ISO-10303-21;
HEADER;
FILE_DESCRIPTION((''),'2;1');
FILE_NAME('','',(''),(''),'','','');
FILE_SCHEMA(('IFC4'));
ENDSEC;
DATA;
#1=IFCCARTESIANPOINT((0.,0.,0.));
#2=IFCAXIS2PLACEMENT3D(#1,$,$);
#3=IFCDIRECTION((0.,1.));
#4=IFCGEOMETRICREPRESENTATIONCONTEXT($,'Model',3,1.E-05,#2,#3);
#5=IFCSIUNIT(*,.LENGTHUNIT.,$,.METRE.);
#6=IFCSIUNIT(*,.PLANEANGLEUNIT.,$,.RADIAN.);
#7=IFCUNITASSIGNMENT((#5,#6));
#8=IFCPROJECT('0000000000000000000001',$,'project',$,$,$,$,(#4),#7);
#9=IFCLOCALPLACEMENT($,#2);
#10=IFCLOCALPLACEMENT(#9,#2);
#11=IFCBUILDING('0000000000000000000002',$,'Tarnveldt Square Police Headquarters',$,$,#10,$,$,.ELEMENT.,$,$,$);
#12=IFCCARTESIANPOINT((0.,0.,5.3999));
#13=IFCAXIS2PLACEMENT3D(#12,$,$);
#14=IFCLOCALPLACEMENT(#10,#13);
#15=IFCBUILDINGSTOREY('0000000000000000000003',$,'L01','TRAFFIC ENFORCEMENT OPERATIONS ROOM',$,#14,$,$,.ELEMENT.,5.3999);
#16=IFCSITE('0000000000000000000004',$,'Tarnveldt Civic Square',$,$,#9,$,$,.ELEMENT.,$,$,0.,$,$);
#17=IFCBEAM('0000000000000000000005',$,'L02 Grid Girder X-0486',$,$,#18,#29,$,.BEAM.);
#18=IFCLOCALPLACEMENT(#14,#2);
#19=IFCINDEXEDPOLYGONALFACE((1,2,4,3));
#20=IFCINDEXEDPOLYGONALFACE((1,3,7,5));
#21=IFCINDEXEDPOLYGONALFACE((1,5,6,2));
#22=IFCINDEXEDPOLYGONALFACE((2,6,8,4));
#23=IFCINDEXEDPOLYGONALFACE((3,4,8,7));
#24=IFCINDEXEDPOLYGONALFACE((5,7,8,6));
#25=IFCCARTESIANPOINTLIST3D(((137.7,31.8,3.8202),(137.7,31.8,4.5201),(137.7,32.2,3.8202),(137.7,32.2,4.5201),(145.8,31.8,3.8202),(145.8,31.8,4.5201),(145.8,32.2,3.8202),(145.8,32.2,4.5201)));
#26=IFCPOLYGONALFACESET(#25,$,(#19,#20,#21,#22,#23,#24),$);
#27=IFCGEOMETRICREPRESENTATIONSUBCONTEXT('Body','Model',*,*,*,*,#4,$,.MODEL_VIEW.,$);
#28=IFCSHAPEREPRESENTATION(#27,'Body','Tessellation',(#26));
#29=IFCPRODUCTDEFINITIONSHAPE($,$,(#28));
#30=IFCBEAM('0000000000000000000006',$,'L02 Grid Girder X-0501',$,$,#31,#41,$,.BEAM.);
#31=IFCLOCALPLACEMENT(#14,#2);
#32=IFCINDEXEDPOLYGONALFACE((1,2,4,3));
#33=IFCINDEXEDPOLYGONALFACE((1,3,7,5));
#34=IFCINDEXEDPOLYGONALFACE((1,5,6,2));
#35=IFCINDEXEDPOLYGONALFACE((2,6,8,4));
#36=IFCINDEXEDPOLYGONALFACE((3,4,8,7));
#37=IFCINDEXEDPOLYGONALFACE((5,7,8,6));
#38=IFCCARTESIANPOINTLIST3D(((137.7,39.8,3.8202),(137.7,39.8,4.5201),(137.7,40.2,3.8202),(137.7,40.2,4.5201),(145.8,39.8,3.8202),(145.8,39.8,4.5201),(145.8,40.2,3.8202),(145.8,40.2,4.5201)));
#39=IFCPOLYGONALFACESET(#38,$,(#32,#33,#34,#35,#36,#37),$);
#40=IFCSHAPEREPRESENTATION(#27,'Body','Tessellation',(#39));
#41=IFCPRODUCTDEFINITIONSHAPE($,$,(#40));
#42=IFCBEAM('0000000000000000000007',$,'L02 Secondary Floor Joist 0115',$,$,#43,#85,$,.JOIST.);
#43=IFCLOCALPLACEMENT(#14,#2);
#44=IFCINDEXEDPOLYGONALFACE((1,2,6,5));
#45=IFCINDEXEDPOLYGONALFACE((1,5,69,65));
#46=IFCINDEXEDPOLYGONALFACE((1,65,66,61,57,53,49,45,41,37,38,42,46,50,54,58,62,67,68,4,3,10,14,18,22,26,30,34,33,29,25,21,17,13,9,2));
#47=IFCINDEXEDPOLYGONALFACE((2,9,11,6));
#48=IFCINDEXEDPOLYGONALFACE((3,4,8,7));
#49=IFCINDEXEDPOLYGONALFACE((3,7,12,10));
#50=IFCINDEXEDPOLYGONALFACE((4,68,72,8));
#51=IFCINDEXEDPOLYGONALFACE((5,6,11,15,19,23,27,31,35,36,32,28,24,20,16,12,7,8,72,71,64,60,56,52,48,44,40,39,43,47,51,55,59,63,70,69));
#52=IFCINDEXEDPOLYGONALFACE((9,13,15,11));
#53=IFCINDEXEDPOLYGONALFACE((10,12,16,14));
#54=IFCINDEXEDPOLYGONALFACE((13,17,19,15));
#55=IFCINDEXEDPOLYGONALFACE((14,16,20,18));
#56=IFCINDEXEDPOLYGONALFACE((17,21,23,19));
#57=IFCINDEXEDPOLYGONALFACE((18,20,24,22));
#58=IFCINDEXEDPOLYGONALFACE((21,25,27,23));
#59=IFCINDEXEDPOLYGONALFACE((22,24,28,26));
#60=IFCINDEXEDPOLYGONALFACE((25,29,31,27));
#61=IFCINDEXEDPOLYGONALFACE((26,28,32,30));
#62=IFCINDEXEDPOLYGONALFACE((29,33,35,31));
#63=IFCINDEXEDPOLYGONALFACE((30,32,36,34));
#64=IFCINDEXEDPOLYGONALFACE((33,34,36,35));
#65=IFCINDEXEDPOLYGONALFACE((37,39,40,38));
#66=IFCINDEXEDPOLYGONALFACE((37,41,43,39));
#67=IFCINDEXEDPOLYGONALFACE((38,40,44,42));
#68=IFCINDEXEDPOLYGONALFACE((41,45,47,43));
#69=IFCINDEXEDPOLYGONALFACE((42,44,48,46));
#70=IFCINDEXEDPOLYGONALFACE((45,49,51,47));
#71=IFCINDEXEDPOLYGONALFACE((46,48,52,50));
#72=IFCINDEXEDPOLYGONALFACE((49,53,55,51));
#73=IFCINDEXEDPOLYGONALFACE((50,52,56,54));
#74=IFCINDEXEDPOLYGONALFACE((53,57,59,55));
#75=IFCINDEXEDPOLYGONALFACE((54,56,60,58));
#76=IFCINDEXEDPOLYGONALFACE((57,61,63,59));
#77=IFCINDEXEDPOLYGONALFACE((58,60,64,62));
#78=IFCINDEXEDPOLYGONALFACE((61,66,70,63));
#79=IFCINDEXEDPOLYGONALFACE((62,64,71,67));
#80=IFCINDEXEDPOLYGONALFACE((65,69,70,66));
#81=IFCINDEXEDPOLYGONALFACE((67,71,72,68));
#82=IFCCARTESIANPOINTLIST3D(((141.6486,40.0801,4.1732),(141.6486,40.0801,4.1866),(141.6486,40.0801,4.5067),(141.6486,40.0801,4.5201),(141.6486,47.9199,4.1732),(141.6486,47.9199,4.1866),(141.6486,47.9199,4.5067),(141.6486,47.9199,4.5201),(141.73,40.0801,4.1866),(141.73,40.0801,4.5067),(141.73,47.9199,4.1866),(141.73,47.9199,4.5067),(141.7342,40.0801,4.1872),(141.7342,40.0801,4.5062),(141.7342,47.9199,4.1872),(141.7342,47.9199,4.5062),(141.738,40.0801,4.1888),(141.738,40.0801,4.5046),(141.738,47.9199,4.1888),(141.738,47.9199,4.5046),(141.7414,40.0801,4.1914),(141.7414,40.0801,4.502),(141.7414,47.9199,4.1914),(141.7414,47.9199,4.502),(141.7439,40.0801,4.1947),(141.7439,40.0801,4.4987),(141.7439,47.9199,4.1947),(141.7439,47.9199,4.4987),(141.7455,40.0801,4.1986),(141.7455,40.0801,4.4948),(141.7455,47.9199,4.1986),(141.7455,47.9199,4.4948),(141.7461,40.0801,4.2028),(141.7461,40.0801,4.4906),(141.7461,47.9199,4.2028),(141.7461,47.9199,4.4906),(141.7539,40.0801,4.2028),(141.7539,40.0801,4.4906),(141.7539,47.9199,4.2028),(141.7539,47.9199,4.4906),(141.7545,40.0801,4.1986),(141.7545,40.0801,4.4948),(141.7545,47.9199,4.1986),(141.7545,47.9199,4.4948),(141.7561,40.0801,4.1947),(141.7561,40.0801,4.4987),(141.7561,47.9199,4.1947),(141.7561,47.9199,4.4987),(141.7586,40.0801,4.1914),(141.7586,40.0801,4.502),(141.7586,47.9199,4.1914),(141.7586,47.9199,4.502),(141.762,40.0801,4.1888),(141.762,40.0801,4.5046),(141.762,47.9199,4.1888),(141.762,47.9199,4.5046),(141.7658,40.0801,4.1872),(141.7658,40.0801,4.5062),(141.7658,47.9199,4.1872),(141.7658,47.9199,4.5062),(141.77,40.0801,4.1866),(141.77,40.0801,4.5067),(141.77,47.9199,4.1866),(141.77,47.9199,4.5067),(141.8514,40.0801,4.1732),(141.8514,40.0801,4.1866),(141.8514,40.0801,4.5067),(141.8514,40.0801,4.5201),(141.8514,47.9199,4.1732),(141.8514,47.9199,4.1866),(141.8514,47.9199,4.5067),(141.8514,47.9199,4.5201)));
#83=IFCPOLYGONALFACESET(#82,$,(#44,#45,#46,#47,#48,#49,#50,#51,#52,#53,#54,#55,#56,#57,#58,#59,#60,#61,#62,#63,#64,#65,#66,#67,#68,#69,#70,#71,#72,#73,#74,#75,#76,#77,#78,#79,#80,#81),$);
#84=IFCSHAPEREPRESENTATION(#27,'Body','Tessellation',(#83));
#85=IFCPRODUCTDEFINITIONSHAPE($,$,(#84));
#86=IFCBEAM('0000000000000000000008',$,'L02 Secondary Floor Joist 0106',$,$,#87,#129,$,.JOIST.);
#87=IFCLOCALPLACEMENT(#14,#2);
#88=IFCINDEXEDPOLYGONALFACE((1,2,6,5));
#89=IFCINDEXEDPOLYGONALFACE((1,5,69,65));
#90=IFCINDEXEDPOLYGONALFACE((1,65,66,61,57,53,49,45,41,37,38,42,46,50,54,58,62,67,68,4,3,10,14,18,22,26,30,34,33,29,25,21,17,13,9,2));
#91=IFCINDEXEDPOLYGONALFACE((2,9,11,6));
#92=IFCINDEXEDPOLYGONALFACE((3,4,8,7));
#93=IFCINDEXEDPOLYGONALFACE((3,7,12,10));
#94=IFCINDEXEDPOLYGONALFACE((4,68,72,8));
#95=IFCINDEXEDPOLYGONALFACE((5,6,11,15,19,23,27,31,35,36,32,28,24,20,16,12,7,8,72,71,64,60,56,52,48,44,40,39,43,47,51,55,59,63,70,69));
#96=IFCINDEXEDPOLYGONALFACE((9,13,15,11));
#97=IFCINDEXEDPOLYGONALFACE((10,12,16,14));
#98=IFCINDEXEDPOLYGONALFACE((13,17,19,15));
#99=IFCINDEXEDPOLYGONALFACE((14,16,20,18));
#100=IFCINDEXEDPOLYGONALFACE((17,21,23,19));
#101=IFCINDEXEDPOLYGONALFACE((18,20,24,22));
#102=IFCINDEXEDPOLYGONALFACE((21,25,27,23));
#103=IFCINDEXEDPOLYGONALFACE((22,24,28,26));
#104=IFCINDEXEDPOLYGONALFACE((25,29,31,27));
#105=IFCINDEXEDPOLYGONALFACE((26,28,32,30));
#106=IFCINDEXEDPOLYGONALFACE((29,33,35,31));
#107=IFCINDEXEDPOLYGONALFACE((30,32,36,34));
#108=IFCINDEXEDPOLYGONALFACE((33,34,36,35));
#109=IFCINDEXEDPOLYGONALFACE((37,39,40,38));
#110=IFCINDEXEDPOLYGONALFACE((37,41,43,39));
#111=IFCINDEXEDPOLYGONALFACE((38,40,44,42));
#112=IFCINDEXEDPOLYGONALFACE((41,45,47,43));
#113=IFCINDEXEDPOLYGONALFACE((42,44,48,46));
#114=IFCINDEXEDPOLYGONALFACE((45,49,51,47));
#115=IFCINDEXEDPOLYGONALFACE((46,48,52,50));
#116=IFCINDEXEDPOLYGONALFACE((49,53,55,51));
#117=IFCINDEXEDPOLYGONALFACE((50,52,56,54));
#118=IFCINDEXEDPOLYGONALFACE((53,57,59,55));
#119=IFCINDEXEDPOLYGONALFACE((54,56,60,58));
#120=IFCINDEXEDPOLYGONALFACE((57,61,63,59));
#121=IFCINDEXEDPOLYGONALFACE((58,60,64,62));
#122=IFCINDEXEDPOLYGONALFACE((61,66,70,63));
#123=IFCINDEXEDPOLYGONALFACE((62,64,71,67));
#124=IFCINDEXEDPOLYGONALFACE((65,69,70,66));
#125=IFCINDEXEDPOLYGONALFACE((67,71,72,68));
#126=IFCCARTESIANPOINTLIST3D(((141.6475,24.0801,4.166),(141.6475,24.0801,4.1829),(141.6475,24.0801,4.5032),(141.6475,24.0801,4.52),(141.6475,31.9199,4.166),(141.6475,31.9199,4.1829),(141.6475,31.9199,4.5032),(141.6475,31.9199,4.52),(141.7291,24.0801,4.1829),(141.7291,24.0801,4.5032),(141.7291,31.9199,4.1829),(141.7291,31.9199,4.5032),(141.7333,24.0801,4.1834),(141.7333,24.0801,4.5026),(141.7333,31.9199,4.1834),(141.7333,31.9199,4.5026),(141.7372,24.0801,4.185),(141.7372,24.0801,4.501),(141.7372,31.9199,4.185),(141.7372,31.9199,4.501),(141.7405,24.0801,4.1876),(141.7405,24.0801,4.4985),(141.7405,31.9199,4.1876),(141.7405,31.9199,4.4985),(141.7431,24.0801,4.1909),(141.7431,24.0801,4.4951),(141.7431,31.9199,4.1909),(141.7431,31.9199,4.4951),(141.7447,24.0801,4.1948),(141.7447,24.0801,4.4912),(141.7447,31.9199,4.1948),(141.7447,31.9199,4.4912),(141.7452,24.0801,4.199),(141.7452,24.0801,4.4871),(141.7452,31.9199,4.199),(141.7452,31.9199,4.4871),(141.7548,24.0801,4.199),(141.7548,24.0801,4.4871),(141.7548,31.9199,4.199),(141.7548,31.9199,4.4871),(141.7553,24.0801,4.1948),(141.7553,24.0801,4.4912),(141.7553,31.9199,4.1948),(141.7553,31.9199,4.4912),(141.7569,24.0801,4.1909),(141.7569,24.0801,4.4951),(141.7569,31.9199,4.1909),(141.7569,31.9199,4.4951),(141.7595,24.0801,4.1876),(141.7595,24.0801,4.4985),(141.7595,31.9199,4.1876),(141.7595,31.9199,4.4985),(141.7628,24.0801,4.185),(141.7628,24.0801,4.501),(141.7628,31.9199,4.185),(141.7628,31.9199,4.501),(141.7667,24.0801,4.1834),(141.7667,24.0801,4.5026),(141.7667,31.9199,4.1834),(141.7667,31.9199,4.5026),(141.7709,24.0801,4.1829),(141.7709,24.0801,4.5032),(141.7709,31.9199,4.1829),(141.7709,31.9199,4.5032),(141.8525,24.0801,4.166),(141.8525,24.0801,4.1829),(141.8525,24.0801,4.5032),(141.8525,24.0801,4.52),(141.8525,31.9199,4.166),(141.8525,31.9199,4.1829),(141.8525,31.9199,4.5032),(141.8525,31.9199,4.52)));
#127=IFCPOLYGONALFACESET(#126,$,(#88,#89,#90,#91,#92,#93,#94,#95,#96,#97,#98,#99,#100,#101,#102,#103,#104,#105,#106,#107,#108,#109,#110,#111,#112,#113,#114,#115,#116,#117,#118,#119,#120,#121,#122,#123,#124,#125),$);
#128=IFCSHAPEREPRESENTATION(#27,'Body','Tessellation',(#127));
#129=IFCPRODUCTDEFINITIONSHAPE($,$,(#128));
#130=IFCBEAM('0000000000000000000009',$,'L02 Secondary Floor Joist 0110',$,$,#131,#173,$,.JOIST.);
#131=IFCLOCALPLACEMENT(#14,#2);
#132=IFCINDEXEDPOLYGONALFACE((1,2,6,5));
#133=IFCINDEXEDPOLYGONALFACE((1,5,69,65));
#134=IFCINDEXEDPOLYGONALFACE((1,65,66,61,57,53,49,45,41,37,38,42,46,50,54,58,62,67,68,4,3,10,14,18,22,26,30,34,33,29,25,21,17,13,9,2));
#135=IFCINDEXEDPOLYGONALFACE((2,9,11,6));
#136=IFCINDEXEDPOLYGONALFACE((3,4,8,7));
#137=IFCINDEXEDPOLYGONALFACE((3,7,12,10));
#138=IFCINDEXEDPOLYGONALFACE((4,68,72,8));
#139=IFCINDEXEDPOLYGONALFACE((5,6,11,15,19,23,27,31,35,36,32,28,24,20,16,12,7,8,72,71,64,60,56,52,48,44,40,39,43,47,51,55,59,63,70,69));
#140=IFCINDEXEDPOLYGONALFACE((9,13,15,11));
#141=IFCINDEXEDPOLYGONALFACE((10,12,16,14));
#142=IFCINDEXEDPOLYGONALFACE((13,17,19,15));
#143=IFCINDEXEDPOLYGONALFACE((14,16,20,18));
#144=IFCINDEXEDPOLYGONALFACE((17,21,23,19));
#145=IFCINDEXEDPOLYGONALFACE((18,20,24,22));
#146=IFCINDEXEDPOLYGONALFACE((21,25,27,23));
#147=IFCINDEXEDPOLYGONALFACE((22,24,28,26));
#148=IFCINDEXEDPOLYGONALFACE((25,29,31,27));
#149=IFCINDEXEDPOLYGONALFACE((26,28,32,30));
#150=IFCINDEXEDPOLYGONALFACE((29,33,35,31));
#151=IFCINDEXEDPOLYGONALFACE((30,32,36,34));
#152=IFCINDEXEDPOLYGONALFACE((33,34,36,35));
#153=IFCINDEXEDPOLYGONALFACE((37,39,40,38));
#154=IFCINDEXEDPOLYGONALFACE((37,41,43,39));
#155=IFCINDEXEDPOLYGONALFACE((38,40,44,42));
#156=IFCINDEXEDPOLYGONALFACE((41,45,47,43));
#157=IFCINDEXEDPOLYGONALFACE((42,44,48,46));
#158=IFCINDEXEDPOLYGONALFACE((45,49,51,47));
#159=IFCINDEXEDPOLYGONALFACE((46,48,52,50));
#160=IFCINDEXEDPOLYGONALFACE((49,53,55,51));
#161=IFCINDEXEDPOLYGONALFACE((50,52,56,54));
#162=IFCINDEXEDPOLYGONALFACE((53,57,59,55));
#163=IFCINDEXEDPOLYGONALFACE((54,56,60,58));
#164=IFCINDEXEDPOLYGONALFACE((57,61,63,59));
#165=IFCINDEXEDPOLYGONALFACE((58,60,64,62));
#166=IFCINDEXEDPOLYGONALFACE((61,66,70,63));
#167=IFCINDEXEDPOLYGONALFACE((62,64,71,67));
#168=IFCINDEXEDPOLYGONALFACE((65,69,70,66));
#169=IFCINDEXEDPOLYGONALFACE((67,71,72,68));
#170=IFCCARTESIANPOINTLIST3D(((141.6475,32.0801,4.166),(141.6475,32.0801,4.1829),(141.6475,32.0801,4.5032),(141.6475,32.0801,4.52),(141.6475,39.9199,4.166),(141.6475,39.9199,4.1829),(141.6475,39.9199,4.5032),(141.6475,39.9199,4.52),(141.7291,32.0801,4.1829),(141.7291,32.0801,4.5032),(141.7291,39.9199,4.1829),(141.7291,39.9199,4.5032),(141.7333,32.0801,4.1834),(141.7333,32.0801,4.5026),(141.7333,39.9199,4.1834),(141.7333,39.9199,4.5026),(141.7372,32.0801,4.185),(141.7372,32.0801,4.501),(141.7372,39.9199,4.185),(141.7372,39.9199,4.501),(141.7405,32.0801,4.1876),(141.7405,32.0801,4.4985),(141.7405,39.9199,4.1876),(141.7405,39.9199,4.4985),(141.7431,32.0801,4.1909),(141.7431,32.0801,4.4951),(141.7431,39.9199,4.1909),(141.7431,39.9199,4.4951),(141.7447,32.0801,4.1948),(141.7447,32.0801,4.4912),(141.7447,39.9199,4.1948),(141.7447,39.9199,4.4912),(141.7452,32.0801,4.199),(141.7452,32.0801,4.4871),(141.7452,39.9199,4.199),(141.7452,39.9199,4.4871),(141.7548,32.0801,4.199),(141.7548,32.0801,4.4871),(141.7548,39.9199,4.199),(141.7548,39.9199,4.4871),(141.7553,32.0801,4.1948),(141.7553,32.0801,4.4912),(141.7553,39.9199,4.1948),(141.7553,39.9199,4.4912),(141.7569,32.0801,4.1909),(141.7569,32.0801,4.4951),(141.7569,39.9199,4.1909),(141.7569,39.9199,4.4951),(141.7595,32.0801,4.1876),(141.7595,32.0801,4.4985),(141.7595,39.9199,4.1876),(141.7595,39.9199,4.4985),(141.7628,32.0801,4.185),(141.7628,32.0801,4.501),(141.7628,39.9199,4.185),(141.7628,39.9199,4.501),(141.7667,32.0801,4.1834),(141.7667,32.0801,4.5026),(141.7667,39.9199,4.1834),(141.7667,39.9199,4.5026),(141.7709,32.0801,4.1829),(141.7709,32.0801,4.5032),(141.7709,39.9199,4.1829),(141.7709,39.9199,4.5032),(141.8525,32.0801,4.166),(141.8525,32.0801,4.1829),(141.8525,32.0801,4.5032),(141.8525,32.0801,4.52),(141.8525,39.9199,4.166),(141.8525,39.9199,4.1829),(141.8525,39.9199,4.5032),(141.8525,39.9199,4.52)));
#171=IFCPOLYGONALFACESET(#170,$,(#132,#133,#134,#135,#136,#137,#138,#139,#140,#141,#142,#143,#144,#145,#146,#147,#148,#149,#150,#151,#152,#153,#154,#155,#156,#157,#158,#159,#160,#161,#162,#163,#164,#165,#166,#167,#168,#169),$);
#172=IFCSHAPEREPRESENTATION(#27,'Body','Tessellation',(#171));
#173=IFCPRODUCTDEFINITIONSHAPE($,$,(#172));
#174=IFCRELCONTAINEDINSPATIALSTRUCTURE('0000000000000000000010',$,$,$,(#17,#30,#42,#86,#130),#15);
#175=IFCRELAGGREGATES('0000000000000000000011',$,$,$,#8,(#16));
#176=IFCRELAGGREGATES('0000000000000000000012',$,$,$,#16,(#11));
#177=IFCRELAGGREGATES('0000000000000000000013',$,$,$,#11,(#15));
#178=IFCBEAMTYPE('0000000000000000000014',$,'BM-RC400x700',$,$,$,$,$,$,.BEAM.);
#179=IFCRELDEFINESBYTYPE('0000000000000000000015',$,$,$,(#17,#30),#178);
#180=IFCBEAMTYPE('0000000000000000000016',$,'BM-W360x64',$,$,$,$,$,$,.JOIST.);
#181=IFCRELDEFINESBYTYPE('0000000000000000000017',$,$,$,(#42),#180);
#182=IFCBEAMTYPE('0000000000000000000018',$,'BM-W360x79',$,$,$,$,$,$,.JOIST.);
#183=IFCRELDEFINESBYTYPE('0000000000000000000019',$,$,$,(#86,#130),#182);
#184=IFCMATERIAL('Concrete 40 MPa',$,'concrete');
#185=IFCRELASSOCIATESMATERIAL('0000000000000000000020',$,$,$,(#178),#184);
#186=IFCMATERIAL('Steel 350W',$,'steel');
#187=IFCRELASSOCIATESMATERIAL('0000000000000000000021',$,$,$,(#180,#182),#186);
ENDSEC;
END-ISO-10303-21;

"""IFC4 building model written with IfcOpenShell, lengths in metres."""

from ifc_helpers import new_model, si_unit, direction, frame, origin, origin_2d, place, context, subcontext, project, spatial, rectangle, i_section, extrude, material, material_profile, profile_set, type_object, element, save


model = new_model("IFC4")

# Units and contexts
model_context = context("Model", 3, precision=1e-05, world=origin(), true_north=direction((0.0, 1.0)))
body_context = subcontext(model_context, "Body", "Model", "MODEL_VIEW")
ifc_project = project(units=[si_unit("LENGTHUNIT", "METRE"), si_unit("PLANEANGLEUNIT", "RADIAN")], contexts=[model_context])

# Site, building, storey
site_placement = place(None, origin())
site = spatial("IfcSite", under=ifc_project, at=site_placement, Name="Tarnveldt Civic Square", CompositionType="ELEMENT", RefElevation=0.0)
building_placement = place(site_placement, origin())
building = spatial("IfcBuilding", under=site, at=building_placement, Name="Tarnveldt Square Police Headquarters", CompositionType="ELEMENT")
storey_placement = place(building_placement, frame((0.0, 0.0, 5.3999)))
storey = spatial("IfcBuildingStorey", under=building, at=storey_placement, Name="L01", Description="TRAFFIC ENFORCEMENT OPERATIONS ROOM", CompositionType="ELEMENT", Elevation=5.3999)

# Shared definitions
ifc_material_1 = material(Name="Steel 350W", Category="steel")

# Beams
ifc_material_2 = material(Name="Concrete 40 MPa", Category="concrete")
ifc_material_profile_1 = material_profile(ifc_material_2, rectangle(XDim=0.3999, YDim=0.7, at=origin_2d()), Name="RC-B400x700")
ifc_profile_set_1 = profile_set([ifc_material_profile_1], Name="Concrete 40 MPa")
beam_type_1 = type_object("IfcBeamType", Name="BM-RC400x700", PredefinedType="BEAM", material=ifc_profile_set_1)
for number, where, z_axis, x_axis, name in (
    (1, (137.7, 32.0, 4.1702), (1.0, 0.0, 0.0), (0.0, 1.0, 0.0), "L02 Grid Girder X-0486"),
    (2, (137.7, 40.0, 4.1702), (1.0, 0.0, 0.0), (0.0, 1.0, 0.0), "L02 Grid Girder X-0501"),
):
    element("IfcBeam", number, at=place(storey_placement, frame(where, z_axis=z_axis, x_axis=x_axis)), inside=storey, type_object=beam_type_1, Name=name, PredefinedType="BEAM", context=body_context, shape_type="SweptSolid", body=[
        extrude(rectangle(XDim=0.3999, YDim=0.7, at=origin_2d()), origin(), (0.0, 0.0, 1.0), 8.1001),
    ])
ifc_material_profile_2 = material_profile(ifc_material_1, i_section(OverallWidth=0.2029, OverallDepth=0.3469, WebThickness=0.0078, FlangeThickness=0.0134, FilletRadius=0.0161, at=origin_2d()), Name="W360x64")
ifc_profile_set_2 = profile_set([ifc_material_profile_2], Name="Steel 350W")
beam_type_2 = type_object("IfcBeamType", Name="BM-W360x64", PredefinedType="JOIST", material=ifc_profile_set_2)
beam_1_placement = place(storey_placement, frame((141.75, 40.0801, 4.3467), z_axis=(0.0, 1.0, 0.0), x_axis=(-1.0, 0.0, 0.0)))
element("IfcBeam", 3, at=beam_1_placement, inside=storey, type_object=beam_type_2, Name="L02 Secondary Floor Joist 0115", PredefinedType="JOIST", context=body_context, shape_type="SweptSolid", body=[
    extrude(i_section(OverallWidth=0.2029, OverallDepth=0.3469, WebThickness=0.0078, FlangeThickness=0.0134, FilletRadius=0.0161, at=origin_2d()), origin(), (0.0, 0.0, 1.0), 7.8398),
])
ifc_material_profile_3 = material_profile(ifc_material_1, i_section(OverallWidth=0.2051, OverallDepth=0.354, WebThickness=0.0095, FlangeThickness=0.0168, FilletRadius=0.0161, at=origin_2d()), Name="W360x79")
ifc_profile_set_3 = profile_set([ifc_material_profile_3], Name="Steel 350W")
beam_type_3 = type_object("IfcBeamType", Name="BM-W360x79", PredefinedType="JOIST", material=ifc_profile_set_3)
for number, where, z_axis, x_axis, name in (
    (4, (141.75, 24.0801, 4.343), (0.0, 1.0, 0.0), (-1.0, 0.0, 0.0), "L02 Secondary Floor Joist 0106"),
    (5, (141.75, 32.0801, 4.343), (0.0, 1.0, 0.0), (-1.0, 0.0, 0.0), "L02 Secondary Floor Joist 0110"),
):
    element("IfcBeam", number, at=place(storey_placement, frame(where, z_axis=z_axis, x_axis=x_axis)), inside=storey, type_object=beam_type_3, Name=name, PredefinedType="JOIST", context=body_context, shape_type="SweptSolid", body=[
        extrude(i_section(OverallWidth=0.2051, OverallDepth=0.354, WebThickness=0.0095, FlangeThickness=0.0168, FilletRadius=0.0161, at=origin_2d()), origin(), (0.0, 0.0, 1.0), 7.8398),
    ])

save(model, "model.ifc")
